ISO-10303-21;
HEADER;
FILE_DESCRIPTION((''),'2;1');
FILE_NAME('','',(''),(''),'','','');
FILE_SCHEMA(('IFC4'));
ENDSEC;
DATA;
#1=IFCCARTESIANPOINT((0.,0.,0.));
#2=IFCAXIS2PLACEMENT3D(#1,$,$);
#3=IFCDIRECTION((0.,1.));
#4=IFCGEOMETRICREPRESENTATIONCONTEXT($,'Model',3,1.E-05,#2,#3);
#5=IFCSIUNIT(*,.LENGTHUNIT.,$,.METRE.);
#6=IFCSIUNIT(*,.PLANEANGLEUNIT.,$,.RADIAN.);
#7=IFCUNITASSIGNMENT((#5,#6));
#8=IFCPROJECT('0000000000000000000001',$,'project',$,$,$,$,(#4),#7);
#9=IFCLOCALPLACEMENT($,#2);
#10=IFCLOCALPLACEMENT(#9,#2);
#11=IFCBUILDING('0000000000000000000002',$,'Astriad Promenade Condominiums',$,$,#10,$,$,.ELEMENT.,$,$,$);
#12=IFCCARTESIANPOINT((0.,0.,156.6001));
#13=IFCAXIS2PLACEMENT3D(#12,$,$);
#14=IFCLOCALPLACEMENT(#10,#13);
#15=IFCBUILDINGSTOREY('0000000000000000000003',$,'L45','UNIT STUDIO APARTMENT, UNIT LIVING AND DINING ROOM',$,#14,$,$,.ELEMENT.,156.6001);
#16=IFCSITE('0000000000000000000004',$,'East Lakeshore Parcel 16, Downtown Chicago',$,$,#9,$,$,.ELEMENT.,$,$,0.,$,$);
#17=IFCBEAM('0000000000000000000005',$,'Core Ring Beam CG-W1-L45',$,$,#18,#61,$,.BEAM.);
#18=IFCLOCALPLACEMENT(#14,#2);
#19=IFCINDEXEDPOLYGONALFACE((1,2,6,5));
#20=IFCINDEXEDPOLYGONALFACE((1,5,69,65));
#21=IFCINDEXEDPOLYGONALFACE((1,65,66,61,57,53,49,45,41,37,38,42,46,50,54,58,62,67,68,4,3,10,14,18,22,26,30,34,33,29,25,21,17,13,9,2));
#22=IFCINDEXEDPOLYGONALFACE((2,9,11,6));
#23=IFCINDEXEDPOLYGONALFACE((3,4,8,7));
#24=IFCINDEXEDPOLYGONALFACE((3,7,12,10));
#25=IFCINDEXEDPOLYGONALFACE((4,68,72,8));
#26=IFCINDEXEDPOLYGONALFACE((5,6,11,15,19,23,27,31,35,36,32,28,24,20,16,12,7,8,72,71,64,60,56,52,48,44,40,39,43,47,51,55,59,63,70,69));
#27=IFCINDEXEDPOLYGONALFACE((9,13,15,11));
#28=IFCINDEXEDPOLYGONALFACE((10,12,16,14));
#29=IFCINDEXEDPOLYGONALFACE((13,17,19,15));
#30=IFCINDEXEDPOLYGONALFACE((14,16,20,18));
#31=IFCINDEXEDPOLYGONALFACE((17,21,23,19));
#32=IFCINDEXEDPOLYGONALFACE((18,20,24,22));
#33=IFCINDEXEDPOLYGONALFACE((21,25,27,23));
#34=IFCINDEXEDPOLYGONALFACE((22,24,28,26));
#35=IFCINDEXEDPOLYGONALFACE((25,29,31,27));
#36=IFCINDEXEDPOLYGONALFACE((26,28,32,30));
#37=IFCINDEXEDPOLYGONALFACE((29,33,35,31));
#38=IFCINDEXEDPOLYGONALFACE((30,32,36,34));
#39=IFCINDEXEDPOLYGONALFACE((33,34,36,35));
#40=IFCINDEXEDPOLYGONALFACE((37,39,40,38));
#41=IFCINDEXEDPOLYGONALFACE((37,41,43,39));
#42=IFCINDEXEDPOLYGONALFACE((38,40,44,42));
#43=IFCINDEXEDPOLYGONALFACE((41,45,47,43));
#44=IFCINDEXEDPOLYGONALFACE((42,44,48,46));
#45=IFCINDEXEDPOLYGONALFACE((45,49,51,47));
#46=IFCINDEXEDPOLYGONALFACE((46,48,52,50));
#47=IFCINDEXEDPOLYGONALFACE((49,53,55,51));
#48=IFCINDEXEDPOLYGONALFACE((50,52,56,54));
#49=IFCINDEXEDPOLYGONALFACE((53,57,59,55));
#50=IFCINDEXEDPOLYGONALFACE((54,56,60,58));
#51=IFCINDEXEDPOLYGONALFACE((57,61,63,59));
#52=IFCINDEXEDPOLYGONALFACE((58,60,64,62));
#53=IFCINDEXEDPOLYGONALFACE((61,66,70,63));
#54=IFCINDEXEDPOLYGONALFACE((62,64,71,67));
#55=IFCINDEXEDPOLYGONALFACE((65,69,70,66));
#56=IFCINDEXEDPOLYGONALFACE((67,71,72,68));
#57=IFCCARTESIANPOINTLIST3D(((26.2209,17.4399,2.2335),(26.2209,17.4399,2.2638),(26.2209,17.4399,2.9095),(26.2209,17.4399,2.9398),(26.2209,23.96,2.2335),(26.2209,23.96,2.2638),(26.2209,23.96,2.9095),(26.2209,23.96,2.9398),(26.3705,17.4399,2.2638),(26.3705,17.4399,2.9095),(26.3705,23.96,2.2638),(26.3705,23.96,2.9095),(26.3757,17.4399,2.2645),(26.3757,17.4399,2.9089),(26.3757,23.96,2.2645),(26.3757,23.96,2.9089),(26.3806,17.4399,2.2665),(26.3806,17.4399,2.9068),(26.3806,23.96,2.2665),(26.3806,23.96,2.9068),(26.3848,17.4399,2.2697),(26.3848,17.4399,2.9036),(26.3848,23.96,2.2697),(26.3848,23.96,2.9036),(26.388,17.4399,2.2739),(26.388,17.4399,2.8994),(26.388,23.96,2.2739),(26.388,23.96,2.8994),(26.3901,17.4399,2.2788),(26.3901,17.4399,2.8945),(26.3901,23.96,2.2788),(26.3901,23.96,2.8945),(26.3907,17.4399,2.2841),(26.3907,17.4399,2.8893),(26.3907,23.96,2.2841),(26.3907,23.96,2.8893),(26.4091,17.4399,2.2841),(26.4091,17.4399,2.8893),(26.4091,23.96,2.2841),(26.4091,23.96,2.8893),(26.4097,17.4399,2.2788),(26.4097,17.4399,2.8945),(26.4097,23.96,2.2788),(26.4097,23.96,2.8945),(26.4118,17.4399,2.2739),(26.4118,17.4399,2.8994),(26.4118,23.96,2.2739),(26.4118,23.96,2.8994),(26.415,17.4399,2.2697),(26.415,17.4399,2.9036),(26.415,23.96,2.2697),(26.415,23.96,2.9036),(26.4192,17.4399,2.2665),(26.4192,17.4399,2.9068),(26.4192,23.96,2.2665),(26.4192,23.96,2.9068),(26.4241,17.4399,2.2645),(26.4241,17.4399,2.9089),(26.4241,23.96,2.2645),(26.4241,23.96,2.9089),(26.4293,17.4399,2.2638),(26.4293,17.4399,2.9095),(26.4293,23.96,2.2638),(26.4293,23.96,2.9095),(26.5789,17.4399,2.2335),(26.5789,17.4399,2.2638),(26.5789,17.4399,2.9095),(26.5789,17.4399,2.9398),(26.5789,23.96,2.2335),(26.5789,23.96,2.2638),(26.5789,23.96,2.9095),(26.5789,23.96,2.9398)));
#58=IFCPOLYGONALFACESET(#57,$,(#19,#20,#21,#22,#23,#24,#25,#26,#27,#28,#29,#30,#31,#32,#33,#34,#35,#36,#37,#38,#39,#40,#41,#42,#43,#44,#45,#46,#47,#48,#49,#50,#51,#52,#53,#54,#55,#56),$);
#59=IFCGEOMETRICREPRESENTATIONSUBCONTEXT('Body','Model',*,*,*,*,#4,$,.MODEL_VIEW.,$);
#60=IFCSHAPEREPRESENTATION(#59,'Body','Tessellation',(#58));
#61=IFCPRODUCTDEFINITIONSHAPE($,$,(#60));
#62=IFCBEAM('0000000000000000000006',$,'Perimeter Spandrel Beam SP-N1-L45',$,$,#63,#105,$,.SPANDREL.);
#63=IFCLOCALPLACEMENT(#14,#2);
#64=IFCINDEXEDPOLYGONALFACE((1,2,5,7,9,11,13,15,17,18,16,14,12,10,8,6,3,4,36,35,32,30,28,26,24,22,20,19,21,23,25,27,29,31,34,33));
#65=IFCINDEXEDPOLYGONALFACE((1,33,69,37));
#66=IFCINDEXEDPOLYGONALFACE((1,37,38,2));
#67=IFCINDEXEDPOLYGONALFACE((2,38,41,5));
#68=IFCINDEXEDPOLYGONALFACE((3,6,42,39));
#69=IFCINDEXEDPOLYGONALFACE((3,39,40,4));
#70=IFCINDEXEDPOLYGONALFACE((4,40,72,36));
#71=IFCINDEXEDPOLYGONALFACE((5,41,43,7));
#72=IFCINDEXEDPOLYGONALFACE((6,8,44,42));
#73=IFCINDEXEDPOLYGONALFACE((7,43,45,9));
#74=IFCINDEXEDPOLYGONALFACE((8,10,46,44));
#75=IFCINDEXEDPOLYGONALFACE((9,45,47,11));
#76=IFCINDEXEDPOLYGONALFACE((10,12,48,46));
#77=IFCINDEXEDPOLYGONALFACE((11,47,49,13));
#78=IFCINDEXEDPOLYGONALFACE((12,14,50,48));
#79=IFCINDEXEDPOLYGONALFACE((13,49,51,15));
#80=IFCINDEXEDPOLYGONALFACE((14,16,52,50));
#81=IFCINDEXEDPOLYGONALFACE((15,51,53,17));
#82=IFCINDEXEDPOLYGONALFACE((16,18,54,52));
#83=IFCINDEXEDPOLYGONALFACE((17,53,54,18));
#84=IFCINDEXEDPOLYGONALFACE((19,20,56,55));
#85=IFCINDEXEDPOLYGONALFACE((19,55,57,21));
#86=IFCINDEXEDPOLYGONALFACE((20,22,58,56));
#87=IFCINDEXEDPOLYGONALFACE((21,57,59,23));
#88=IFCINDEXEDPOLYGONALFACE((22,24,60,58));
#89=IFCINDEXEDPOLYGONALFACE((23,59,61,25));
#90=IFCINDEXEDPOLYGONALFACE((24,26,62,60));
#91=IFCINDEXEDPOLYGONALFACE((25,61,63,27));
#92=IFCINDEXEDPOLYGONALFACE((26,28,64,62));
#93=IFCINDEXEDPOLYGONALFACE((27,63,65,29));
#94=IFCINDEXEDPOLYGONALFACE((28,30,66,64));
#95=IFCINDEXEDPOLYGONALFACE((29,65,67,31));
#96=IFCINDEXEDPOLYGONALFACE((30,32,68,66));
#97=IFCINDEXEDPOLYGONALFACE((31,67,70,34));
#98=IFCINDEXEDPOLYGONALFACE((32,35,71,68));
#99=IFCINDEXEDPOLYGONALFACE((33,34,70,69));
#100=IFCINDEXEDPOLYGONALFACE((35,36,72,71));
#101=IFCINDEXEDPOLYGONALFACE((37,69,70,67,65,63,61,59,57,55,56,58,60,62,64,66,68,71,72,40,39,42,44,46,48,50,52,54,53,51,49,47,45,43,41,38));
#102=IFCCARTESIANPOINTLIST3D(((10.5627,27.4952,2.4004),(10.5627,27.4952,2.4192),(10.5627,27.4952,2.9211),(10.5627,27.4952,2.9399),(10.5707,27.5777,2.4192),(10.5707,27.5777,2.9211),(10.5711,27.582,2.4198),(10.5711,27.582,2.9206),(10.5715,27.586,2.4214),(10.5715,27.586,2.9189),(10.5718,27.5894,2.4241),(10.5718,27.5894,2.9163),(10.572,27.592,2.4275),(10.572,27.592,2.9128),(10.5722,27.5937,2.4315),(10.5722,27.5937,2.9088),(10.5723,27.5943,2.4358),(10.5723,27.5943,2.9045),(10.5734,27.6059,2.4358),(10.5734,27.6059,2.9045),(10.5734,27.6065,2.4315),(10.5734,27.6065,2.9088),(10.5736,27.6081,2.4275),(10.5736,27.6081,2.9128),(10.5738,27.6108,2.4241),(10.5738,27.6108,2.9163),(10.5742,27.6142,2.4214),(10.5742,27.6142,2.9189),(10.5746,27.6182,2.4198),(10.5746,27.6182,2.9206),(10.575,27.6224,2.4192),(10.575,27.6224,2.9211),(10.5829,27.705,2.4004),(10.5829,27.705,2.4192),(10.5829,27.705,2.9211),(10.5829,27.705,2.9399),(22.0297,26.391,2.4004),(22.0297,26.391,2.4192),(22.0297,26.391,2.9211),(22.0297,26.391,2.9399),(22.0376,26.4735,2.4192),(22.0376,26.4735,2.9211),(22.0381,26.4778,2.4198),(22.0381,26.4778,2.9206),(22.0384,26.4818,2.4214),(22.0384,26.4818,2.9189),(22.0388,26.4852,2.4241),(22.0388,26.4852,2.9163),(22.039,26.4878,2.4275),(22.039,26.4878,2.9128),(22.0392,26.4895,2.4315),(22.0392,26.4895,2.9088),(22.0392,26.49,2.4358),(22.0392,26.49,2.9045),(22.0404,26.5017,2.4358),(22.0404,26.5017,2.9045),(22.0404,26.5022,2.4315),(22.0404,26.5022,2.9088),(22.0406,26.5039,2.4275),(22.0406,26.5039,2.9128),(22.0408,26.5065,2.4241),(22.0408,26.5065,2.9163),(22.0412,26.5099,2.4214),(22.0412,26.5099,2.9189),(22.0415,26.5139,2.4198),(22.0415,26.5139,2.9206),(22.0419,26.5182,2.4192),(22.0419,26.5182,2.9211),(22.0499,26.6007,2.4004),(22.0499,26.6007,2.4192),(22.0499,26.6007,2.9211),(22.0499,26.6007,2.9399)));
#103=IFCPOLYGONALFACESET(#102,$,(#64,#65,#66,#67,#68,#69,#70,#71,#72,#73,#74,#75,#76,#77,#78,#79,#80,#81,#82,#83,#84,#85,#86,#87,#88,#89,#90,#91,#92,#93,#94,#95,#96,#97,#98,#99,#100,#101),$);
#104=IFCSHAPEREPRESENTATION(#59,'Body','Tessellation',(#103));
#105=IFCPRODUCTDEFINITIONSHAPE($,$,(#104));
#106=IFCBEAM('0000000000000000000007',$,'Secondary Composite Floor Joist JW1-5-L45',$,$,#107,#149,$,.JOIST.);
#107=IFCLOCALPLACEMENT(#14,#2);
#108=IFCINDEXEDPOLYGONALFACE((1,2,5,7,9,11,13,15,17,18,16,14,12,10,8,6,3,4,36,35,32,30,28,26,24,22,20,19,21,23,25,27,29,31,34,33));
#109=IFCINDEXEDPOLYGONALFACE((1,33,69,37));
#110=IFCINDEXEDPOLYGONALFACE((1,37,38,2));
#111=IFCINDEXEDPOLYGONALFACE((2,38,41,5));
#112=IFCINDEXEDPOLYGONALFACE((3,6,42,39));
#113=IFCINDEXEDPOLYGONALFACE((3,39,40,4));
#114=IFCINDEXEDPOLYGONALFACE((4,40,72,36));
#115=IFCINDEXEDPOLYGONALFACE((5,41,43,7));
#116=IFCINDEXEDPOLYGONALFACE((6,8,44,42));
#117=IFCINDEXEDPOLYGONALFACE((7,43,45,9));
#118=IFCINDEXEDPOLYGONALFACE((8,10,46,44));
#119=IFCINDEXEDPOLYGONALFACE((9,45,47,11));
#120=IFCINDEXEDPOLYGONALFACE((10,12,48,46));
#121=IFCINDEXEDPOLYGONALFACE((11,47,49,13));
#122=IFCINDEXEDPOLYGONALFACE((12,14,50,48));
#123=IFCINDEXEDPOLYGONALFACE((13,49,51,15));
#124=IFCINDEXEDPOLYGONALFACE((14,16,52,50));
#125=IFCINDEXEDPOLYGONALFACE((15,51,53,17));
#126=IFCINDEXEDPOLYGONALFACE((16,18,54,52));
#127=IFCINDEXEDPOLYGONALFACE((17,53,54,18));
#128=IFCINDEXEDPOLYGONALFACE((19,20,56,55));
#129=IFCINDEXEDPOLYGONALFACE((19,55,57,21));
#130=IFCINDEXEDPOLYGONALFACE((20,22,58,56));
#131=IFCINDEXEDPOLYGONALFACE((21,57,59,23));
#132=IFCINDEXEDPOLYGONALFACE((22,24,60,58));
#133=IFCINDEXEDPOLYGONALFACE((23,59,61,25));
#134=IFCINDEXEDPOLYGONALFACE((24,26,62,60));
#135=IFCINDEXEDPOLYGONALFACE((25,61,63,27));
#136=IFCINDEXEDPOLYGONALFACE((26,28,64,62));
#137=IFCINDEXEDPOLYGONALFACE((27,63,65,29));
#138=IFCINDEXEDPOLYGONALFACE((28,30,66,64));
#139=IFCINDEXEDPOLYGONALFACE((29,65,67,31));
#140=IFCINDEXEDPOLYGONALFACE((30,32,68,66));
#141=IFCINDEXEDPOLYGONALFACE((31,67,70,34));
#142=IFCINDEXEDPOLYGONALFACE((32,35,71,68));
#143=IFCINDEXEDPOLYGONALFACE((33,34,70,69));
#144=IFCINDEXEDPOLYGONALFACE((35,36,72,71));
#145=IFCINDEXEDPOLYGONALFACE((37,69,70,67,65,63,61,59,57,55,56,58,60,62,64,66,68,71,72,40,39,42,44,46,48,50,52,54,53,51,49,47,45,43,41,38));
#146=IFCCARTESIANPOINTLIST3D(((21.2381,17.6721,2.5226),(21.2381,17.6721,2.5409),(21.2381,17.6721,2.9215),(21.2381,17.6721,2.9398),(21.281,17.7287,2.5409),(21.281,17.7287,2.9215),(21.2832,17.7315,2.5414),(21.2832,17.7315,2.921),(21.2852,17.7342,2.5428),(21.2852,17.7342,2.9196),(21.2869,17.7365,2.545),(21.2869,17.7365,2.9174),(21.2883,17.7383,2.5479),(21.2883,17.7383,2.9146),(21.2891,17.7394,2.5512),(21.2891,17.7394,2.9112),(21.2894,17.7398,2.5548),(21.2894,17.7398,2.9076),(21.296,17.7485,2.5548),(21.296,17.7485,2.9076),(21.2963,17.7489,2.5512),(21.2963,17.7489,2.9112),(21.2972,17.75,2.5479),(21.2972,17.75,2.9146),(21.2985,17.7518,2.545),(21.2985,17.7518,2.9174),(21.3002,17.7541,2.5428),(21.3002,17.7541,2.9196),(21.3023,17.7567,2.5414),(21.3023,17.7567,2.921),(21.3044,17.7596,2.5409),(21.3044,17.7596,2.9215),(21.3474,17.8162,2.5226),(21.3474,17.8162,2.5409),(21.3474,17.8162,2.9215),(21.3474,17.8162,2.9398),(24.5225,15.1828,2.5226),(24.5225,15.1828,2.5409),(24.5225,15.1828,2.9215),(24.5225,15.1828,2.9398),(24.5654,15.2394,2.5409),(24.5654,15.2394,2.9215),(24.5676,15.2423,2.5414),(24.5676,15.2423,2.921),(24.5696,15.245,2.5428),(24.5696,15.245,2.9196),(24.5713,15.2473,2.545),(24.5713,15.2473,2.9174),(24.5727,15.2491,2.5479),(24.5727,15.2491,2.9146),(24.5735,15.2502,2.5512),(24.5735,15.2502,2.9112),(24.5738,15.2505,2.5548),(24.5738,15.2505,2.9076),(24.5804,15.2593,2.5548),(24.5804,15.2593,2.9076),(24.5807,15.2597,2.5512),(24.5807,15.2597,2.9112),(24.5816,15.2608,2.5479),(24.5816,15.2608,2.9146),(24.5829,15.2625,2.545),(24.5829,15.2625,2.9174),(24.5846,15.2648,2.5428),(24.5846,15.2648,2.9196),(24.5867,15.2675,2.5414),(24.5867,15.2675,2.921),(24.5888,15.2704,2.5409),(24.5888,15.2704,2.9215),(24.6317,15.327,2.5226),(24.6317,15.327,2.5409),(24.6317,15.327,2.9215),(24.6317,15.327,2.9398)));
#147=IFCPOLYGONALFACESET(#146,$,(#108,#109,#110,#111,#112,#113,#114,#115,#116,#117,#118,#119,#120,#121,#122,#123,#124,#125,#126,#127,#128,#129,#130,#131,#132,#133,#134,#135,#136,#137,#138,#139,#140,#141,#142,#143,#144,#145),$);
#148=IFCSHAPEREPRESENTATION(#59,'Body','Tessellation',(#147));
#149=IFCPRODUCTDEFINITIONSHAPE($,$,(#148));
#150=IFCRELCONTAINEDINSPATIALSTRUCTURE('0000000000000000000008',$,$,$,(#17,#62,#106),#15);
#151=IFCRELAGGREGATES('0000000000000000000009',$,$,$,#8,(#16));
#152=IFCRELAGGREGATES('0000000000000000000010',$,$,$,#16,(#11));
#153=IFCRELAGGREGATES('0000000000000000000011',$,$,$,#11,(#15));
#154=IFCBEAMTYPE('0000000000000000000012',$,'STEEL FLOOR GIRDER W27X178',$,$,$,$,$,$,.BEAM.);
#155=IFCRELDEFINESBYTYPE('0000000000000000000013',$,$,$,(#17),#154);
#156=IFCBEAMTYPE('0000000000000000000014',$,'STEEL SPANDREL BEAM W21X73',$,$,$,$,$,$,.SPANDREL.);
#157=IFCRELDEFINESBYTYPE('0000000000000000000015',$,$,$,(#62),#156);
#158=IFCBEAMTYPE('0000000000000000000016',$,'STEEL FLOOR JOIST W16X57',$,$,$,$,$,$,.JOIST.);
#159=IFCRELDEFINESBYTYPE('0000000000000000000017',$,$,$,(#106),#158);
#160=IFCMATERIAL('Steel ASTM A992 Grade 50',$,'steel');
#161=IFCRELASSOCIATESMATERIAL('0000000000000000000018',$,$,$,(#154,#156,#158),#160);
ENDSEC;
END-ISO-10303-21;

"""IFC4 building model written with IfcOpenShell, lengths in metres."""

from ifc_helpers import new_model, si_unit, direction, frame, origin, origin_2d, place, context, subcontext, project, spatial, i_section, extrude, source, transform, mapped, material, material_profile, profile_set, type_object, type_shapes, element, save


model = new_model("IFC4")

# Units and contexts
model_context = context("Model", 3, precision=1e-05, world=origin(), true_north=direction((0.0, 1.0)))
body_context = subcontext(model_context, "Body", "Model", "MODEL_VIEW")
ifc_project = project(units=[si_unit("LENGTHUNIT", "METRE"), si_unit("PLANEANGLEUNIT", "RADIAN")], contexts=[model_context])

# Site, building, storey
site_placement = place(None, origin())
site = spatial("IfcSite", under=ifc_project, at=site_placement, Name="East Lakeshore Parcel 16, Downtown Chicago", CompositionType="ELEMENT", RefElevation=0.0)
building_placement = place(site_placement, origin())
building = spatial("IfcBuilding", under=site, at=building_placement, Name="Astriad Promenade Condominiums", CompositionType="ELEMENT")
storey_placement = place(building_placement, frame((0.0, 0.0, 156.6001)))
storey = spatial("IfcBuildingStorey", under=building, at=storey_placement, Name="L45", Description="UNIT STUDIO APARTMENT, UNIT LIVING AND DINING ROOM", CompositionType="ELEMENT", Elevation=156.6001)

# Shared definitions
ifc_material_1 = material(Name="Steel ASTM A992 Grade 50", Category="steel")

# Beams
ifc_material_profile_1 = material_profile(ifc_material_1, i_section(OverallWidth=0.3579, OverallDepth=0.7063, WebThickness=0.0183, FlangeThickness=0.0303, FilletRadius=0.0203, at=origin_2d()), Name="W27X178")
ifc_profile_set_1 = profile_set([ifc_material_profile_1], Name="Steel ASTM A992 Grade 50")
beam_type_1 = type_object("IfcBeamType", Name="STEEL FLOOR GIRDER W27X178", PredefinedType="BEAM", material=ifc_profile_set_1)
shared_shape_1 = source(origin(), body_context, "Body", "SweptSolid", [
    extrude(i_section(OverallWidth=0.3579, OverallDepth=0.7063, WebThickness=0.0183, FlangeThickness=0.0303, FilletRadius=0.0203, at=origin_2d()), origin(), (0.0, 0.0, 1.0), 6.52),
])
type_shapes(beam_type_1, [shared_shape_1])
beam_1_placement = place(storey_placement, frame((26.3999, 17.4399, 2.5867), z_axis=(0.0, 1.0, 0.0), x_axis=(-1.0, 0.0, 0.0)))
element("IfcBeam", 1, at=beam_1_placement, inside=storey, type_object=beam_type_1, Name="Core Ring Beam CG-W1-L45", PredefinedType="BEAM", context=body_context, shape_type="MappedRepresentation", body=[
    mapped(shared_shape_1, transform((0.0, 0.0, 0.0), scale=1.0)),
])
ifc_material_profile_2 = material_profile(ifc_material_1, i_section(OverallWidth=0.2107, OverallDepth=0.5396, WebThickness=0.0117, FlangeThickness=0.0188, FilletRadius=0.0166, at=origin_2d()), Name="W21X73")
ifc_profile_set_2 = profile_set([ifc_material_profile_2], Name="Steel ASTM A992 Grade 50")
beam_type_2 = type_object("IfcBeamType", Name="STEEL SPANDREL BEAM W21X73", PredefinedType="SPANDREL", material=ifc_profile_set_2)
shared_shape_2 = source(origin(), body_context, "Body", "SweptSolid", [
    extrude(i_section(OverallWidth=0.2107, OverallDepth=0.5396, WebThickness=0.0117, FlangeThickness=0.0188, FilletRadius=0.0166, at=origin_2d()), origin(), (0.0, 0.0, 1.0), 11.52),
])
type_shapes(beam_type_2, [shared_shape_2])
beam_2_placement = place(storey_placement, frame((22.0398, 26.4958, 2.6702), z_axis=(-0.995395, 0.095854, 0.0), x_axis=(-0.095854, -0.995395, 0.0)))
element("IfcBeam", 2, at=beam_2_placement, inside=storey, type_object=beam_type_2, Name="Perimeter Spandrel Beam SP-N1-L45", PredefinedType="SPANDREL", context=body_context, shape_type="MappedRepresentation", body=[
    mapped(shared_shape_2, transform((0.0, 0.0, 0.0), scale=1.0)),
])
ifc_material_profile_3 = material_profile(ifc_material_1, i_section(OverallWidth=0.1809, OverallDepth=0.4172, WebThickness=0.011, FlangeThickness=0.0183, FilletRadius=0.0139, at=origin_2d()), Name="W16X57")
ifc_profile_set_3 = profile_set([ifc_material_profile_3], Name="Steel ASTM A992 Grade 50")
beam_type_3 = type_object("IfcBeamType", Name="STEEL FLOOR JOIST W16X57", PredefinedType="JOIST", material=ifc_profile_set_3)
shared_shape_3 = source(origin(), body_context, "Body", "SweptSolid", [
    extrude(i_section(OverallWidth=0.1809, OverallDepth=0.4172, WebThickness=0.011, FlangeThickness=0.0183, FilletRadius=0.0139, at=origin_2d()), origin(), (0.0, 0.0, 1.0), 4.1211),
])
beam_3_placement = place(storey_placement, frame((21.2927, 17.7441, 2.7312), z_axis=(0.796969, -0.604021, 0.0), x_axis=(0.604021, 0.796969, 0.0)))
element("IfcBeam", 3, at=beam_3_placement, inside=storey, type_object=beam_type_3, Name="Secondary Composite Floor Joist JW1-5-L45", PredefinedType="JOIST", context=body_context, shape_type="MappedRepresentation", body=[
    mapped(shared_shape_3, transform((0.0, 0.0, 0.0), scale=1.0)),
])

save(model, "model.ifc")
